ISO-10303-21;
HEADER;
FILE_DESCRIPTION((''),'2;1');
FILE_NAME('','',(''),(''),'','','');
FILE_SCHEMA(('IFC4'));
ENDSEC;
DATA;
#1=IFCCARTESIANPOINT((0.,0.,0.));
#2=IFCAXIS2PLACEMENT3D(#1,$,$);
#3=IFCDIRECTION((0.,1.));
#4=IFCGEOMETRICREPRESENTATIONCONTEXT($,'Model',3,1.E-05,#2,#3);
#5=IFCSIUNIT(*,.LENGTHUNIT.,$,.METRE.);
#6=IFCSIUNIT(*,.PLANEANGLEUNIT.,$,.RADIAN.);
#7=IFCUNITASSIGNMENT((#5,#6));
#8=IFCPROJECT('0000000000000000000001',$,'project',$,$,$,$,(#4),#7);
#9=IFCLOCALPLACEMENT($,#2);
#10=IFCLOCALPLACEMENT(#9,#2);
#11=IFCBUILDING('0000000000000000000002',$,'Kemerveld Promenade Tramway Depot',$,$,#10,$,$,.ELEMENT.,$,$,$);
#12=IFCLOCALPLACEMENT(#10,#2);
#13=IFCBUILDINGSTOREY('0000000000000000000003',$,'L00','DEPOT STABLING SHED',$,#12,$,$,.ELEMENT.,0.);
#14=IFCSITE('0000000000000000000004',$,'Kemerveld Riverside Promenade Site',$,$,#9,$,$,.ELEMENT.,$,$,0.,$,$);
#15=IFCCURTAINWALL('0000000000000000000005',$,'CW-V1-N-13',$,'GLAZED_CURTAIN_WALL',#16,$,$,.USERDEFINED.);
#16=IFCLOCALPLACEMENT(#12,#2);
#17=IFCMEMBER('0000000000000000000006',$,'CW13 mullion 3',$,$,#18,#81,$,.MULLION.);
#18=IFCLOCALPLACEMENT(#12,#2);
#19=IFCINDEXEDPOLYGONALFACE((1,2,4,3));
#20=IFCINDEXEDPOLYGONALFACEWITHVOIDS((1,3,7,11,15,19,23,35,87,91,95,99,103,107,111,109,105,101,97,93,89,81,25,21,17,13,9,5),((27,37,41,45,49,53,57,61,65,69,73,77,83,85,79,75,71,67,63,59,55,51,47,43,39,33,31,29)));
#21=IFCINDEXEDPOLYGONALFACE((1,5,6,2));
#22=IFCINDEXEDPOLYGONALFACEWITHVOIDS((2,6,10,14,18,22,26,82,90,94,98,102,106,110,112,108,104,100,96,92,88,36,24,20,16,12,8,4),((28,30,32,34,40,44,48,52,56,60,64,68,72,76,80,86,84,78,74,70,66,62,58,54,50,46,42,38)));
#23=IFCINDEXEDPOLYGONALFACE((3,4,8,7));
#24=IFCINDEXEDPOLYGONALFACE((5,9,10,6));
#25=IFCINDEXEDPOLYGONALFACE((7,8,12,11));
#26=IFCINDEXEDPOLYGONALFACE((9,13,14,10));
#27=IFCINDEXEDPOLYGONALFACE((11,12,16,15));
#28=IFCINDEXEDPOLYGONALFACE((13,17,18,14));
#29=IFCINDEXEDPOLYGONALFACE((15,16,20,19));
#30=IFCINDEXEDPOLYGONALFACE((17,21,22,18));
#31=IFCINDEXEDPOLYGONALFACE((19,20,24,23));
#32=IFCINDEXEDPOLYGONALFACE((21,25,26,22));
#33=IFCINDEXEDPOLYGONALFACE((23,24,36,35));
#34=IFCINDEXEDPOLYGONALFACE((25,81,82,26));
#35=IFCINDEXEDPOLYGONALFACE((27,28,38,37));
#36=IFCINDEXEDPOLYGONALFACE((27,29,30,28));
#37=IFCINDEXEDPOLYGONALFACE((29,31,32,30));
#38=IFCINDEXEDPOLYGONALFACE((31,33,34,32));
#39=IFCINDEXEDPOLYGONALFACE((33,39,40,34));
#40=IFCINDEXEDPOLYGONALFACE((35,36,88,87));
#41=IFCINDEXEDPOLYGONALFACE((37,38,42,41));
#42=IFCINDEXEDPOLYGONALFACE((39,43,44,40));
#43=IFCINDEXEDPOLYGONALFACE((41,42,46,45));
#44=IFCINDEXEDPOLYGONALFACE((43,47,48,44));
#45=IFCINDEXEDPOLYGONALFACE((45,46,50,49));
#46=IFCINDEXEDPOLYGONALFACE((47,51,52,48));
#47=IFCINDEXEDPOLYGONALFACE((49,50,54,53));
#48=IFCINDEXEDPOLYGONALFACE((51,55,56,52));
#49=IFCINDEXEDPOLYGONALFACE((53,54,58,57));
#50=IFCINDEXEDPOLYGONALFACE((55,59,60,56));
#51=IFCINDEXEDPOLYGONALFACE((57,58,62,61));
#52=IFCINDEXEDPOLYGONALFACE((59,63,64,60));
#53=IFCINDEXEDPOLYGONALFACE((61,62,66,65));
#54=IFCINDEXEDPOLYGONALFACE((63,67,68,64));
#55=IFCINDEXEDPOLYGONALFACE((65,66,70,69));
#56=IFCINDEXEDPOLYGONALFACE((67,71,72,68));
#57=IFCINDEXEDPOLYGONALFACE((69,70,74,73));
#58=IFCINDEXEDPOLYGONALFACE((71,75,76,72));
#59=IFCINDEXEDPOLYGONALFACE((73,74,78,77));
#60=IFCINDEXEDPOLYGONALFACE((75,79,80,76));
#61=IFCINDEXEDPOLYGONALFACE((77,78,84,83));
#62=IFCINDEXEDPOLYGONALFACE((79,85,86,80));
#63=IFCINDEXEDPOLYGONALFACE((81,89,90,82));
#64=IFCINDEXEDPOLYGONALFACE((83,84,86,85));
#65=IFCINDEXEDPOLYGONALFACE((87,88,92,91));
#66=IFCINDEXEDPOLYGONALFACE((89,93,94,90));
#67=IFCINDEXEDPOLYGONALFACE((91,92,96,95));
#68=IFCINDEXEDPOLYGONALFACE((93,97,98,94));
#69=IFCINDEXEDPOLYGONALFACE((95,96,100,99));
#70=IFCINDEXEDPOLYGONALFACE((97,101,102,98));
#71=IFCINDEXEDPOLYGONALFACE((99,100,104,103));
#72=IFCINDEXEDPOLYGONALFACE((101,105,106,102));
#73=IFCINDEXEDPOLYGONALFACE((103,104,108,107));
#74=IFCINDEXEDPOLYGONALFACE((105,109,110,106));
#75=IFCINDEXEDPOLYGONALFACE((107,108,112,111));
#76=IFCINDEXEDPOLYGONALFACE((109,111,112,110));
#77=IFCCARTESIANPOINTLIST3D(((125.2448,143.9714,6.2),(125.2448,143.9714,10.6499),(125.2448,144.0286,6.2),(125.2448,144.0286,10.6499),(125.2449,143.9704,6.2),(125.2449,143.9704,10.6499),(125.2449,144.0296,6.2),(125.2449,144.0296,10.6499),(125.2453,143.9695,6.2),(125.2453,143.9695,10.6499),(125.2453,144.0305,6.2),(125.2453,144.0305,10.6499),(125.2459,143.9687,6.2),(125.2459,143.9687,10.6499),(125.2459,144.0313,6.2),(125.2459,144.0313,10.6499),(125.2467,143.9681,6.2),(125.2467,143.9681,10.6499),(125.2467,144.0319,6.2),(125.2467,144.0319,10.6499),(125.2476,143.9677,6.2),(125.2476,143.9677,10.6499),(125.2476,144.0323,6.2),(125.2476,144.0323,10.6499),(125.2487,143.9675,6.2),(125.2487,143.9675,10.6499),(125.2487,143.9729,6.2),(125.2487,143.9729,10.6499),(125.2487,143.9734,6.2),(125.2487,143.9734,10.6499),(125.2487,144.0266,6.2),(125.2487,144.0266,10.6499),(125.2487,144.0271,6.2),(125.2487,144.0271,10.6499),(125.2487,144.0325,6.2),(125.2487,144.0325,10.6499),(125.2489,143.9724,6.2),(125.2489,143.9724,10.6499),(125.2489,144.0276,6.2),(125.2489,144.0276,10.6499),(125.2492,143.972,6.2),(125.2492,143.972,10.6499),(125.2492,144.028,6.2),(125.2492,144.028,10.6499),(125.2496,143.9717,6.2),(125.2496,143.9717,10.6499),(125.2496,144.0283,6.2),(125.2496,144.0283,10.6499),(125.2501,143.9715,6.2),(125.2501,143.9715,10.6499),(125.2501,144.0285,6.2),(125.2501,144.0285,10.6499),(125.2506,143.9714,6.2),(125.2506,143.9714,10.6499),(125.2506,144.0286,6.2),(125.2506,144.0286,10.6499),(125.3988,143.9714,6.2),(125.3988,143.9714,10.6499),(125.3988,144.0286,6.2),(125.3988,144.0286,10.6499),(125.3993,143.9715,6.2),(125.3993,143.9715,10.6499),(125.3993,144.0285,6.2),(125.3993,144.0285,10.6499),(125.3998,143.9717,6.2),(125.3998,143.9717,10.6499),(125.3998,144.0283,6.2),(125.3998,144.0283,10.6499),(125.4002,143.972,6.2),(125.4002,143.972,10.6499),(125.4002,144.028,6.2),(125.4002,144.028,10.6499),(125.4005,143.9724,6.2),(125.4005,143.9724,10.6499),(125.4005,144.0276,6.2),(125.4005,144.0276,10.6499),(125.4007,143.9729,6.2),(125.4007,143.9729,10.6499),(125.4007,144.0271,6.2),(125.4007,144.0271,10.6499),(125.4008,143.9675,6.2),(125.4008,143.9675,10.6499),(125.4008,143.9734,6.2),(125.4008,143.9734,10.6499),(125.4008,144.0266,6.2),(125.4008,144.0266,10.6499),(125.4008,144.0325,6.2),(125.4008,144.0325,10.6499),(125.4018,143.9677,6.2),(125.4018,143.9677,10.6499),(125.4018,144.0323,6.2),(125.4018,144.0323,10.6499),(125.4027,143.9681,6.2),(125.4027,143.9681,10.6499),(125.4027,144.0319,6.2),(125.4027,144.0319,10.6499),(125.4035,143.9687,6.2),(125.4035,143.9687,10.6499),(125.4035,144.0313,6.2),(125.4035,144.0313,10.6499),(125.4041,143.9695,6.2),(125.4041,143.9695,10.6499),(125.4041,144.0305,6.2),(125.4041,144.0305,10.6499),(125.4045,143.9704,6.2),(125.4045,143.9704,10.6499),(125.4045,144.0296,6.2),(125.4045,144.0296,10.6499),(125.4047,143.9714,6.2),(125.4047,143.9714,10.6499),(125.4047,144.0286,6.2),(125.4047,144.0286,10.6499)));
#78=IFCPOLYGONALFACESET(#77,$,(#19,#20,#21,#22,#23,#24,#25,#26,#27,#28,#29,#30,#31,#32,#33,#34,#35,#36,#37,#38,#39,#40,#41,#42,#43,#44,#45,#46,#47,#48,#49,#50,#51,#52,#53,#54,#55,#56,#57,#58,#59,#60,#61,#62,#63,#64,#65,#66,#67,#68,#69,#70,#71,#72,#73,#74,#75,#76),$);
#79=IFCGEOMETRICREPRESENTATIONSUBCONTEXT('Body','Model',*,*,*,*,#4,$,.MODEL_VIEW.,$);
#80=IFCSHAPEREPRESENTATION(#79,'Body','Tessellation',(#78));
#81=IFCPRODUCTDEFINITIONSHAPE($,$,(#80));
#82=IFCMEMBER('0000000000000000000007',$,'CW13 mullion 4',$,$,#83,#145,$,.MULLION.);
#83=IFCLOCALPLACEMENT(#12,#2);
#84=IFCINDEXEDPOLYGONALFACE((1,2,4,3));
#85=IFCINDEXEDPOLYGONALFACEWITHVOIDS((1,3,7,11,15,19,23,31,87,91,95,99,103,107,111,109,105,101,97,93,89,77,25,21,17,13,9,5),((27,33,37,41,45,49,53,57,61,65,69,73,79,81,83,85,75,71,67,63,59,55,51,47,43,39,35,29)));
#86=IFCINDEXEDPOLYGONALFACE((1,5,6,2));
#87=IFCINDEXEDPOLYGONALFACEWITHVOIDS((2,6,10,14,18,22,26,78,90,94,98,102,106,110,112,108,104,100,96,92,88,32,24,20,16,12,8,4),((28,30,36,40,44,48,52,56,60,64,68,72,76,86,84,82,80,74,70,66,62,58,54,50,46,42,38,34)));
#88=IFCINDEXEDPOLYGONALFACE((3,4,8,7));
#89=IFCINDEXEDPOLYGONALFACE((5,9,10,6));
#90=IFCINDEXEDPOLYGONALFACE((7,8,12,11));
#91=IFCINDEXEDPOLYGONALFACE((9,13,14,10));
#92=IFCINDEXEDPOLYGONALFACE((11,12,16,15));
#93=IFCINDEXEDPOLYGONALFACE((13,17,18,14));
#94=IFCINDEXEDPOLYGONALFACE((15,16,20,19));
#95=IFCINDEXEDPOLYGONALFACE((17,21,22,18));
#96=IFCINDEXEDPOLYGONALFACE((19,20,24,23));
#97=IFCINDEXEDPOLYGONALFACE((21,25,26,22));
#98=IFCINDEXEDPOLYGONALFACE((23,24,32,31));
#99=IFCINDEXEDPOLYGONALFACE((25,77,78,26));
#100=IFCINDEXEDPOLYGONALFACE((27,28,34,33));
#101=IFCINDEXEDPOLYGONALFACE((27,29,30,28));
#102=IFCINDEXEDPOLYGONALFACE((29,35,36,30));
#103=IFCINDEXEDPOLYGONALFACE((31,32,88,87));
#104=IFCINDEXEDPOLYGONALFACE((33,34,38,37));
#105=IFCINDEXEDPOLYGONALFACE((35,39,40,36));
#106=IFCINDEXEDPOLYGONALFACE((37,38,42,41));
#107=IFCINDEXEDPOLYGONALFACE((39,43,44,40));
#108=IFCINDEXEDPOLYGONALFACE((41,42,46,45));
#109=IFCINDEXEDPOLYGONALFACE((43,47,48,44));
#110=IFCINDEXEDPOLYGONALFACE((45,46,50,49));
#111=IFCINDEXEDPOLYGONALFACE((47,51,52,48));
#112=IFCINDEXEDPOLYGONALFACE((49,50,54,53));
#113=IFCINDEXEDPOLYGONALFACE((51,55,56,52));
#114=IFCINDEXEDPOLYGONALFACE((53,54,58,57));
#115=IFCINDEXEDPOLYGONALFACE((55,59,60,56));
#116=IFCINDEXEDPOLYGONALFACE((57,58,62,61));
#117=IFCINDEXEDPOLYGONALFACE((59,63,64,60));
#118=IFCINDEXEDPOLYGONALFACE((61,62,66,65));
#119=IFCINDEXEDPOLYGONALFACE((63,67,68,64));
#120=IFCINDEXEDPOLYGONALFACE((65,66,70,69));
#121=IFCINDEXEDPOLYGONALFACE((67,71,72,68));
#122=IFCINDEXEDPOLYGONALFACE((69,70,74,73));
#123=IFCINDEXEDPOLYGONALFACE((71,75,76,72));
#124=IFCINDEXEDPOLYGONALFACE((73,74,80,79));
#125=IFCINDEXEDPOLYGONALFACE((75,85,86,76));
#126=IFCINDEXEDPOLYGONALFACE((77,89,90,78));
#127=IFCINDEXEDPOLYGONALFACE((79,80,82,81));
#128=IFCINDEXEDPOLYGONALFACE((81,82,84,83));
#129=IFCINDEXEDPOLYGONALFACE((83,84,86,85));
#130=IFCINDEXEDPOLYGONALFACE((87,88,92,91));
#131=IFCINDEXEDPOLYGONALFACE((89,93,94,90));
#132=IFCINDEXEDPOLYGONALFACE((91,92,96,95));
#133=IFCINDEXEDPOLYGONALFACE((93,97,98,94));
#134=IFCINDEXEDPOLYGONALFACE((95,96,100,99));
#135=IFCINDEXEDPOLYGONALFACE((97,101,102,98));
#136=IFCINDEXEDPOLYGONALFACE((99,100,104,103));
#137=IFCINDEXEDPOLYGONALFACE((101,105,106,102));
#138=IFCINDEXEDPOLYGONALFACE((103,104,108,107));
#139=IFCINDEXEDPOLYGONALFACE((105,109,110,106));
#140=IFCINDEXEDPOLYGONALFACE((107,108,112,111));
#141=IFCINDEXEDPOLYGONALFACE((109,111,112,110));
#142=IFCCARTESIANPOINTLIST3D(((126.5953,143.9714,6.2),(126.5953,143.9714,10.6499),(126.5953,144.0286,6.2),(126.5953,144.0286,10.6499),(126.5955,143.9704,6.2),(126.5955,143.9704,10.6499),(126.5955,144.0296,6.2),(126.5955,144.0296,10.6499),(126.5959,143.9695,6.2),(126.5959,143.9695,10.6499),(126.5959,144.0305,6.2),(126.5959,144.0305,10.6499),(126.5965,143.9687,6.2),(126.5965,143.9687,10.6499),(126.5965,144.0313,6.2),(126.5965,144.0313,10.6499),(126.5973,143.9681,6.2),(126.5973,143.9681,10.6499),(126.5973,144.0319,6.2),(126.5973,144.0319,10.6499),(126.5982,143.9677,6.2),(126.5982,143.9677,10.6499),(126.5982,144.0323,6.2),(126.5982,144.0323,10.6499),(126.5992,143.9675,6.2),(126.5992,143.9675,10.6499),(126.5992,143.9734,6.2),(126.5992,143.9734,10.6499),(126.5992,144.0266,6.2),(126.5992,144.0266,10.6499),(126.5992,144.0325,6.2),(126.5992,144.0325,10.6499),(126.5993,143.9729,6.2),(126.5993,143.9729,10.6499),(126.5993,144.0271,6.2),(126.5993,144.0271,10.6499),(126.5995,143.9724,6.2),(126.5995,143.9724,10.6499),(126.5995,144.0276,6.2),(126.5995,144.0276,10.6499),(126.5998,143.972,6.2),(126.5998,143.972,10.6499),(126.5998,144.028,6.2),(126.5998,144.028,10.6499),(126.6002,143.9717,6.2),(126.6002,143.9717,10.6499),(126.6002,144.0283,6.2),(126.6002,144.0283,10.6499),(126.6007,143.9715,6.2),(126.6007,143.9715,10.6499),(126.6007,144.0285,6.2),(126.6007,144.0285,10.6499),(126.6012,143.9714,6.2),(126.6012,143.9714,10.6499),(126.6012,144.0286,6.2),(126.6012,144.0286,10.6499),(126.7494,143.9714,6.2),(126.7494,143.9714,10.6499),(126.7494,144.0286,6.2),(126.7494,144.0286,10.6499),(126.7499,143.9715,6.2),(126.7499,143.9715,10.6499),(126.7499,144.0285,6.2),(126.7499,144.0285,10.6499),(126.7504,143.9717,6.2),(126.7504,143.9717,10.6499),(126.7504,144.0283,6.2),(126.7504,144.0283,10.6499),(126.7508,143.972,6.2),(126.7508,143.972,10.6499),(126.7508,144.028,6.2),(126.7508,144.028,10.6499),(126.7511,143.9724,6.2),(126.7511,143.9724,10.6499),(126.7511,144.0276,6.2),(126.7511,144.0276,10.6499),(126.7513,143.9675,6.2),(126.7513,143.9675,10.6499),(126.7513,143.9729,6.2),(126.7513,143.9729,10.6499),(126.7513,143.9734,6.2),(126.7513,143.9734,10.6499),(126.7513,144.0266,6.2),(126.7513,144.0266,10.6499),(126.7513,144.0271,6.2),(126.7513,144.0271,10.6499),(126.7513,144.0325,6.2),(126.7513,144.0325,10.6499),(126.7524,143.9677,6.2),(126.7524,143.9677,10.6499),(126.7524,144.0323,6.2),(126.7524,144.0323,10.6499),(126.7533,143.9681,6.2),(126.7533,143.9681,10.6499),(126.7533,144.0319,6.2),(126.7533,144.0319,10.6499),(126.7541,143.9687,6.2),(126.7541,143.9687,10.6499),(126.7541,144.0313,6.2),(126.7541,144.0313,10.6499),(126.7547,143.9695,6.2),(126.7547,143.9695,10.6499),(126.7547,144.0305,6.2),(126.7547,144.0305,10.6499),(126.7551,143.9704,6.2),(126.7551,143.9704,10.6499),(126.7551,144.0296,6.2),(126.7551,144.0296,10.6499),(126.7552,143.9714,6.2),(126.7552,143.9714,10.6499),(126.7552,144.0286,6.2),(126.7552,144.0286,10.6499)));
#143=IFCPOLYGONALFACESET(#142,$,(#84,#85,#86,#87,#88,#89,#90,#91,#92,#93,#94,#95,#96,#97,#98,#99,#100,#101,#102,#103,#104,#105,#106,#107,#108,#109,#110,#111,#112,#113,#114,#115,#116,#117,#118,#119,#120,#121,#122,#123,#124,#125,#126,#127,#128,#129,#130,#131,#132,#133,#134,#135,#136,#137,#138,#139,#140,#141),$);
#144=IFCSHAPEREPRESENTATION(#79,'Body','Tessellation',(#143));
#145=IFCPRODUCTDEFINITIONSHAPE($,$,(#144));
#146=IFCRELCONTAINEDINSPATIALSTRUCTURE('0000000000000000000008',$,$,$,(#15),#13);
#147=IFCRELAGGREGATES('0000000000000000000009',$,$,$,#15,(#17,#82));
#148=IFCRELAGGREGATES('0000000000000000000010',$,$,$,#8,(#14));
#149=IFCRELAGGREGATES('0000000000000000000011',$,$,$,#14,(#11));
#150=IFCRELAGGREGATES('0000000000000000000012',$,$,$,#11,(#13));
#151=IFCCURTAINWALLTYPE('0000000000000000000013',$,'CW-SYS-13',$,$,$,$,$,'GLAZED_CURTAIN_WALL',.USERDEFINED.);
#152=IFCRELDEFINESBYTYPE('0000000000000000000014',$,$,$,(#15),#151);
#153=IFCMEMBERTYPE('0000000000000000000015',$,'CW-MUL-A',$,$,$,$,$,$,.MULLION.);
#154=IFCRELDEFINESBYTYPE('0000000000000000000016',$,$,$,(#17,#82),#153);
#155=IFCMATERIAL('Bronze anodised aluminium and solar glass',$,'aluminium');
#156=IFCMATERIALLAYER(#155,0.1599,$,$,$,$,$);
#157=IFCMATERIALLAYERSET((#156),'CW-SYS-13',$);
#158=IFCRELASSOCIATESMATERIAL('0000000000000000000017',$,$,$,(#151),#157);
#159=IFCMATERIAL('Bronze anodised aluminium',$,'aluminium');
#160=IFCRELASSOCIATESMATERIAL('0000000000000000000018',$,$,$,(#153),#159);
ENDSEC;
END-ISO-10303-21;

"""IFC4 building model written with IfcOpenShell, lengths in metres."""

from ifc_helpers import new_model, si_unit, direction, frame, origin, origin_2d, place, context, subcontext, project, spatial, hollow_rectangle, extrude, material, layer, layer_set, material_profile, profile_set, type_object, element, aggregate, save


model = new_model("IFC4")

# Units and contexts
model_context = context("Model", 3, precision=1e-05, world=origin(), true_north=direction((0.0, 1.0)))
body_context = subcontext(model_context, "Body", "Model", "MODEL_VIEW")
ifc_project = project(units=[si_unit("LENGTHUNIT", "METRE"), si_unit("PLANEANGLEUNIT", "RADIAN")], contexts=[model_context])

# Site, building, storey
site_placement = place(None, origin())
site = spatial("IfcSite", under=ifc_project, at=site_placement, Name="Kemerveld Riverside Promenade Site", CompositionType="ELEMENT", RefElevation=0.0)
building_placement = place(site_placement, origin())
building = spatial("IfcBuilding", under=site, at=building_placement, Name="Kemerveld Promenade Tramway Depot", CompositionType="ELEMENT")
storey_placement = place(building_placement, origin())
storey = spatial("IfcBuildingStorey", under=building, at=storey_placement, Name="L00", Description="DEPOT STABLING SHED", CompositionType="ELEMENT", Elevation=0.0)

# Curtain wall, members
ifc_material_1 = material(Name="Bronze anodised aluminium and solar glass", Category="aluminium")
ifc_layer_1 = layer(ifc_material_1, 0.1599)
ifc_layer_set_1 = layer_set([ifc_layer_1], Name="CW-SYS-13")
curtain_wall_type = type_object("IfcCurtainWallType", Name="CW-SYS-13", ElementType="GLAZED_CURTAIN_WALL", PredefinedType="USERDEFINED", material=ifc_layer_set_1)
curtain_wall_placement = place(storey_placement, origin())
curtain_wall = element("IfcCurtainWall", 1, at=curtain_wall_placement, inside=storey, type_object=curtain_wall_type, Name="CW-V1-N-13", ObjectType="GLAZED_CURTAIN_WALL", PredefinedType="USERDEFINED")
ifc_material_2 = material(Name="Bronze anodised aluminium", Category="aluminium")
ifc_material_profile_1 = material_profile(ifc_material_2, hollow_rectangle(XDim=0.0649, YDim=0.1599, WallThickness=0.0039, InnerFilletRadius=0.002, OuterFilletRadius=0.0039, at=origin_2d()), Name="CW-MUL-160x65")
ifc_profile_set_1 = profile_set([ifc_material_profile_1], Name="Bronze anodised aluminium")
member_type_1 = type_object("IfcMemberType", Name="CW-MUL-A", PredefinedType="MULLION", material=ifc_profile_set_1)
member_1_placement = place(storey_placement, frame((125.3247, 144.0, 6.2), z_axis=(0.0, 0.0, 1.0), x_axis=(0.0, 1.0, 0.0)))
member_1 = element("IfcMember", 2, at=member_1_placement, type_object=member_type_1, Name="CW13 mullion 3", PredefinedType="MULLION", context=body_context, shape_type="SweptSolid", body=[
    extrude(hollow_rectangle(XDim=0.0649, YDim=0.1599, WallThickness=0.0039, InnerFilletRadius=0.002, OuterFilletRadius=0.0039, at=origin_2d()), origin(), (0.0, 0.0, 1.0), 4.45),
])
member_2_placement = place(storey_placement, frame((126.6753, 144.0, 6.2), z_axis=(0.0, 0.0, 1.0), x_axis=(0.0, 1.0, 0.0)))
member_2 = element("IfcMember", 3, at=member_2_placement, type_object=member_type_1, Name="CW13 mullion 4", PredefinedType="MULLION", context=body_context, shape_type="SweptSolid", body=[
    extrude(hollow_rectangle(XDim=0.0649, YDim=0.1599, WallThickness=0.0039, InnerFilletRadius=0.002, OuterFilletRadius=0.0039, at=origin_2d()), origin(), (0.0, 0.0, 1.0), 4.45),
])
aggregate(curtain_wall, [member_1, member_2])

save(model, "model.ifc")
